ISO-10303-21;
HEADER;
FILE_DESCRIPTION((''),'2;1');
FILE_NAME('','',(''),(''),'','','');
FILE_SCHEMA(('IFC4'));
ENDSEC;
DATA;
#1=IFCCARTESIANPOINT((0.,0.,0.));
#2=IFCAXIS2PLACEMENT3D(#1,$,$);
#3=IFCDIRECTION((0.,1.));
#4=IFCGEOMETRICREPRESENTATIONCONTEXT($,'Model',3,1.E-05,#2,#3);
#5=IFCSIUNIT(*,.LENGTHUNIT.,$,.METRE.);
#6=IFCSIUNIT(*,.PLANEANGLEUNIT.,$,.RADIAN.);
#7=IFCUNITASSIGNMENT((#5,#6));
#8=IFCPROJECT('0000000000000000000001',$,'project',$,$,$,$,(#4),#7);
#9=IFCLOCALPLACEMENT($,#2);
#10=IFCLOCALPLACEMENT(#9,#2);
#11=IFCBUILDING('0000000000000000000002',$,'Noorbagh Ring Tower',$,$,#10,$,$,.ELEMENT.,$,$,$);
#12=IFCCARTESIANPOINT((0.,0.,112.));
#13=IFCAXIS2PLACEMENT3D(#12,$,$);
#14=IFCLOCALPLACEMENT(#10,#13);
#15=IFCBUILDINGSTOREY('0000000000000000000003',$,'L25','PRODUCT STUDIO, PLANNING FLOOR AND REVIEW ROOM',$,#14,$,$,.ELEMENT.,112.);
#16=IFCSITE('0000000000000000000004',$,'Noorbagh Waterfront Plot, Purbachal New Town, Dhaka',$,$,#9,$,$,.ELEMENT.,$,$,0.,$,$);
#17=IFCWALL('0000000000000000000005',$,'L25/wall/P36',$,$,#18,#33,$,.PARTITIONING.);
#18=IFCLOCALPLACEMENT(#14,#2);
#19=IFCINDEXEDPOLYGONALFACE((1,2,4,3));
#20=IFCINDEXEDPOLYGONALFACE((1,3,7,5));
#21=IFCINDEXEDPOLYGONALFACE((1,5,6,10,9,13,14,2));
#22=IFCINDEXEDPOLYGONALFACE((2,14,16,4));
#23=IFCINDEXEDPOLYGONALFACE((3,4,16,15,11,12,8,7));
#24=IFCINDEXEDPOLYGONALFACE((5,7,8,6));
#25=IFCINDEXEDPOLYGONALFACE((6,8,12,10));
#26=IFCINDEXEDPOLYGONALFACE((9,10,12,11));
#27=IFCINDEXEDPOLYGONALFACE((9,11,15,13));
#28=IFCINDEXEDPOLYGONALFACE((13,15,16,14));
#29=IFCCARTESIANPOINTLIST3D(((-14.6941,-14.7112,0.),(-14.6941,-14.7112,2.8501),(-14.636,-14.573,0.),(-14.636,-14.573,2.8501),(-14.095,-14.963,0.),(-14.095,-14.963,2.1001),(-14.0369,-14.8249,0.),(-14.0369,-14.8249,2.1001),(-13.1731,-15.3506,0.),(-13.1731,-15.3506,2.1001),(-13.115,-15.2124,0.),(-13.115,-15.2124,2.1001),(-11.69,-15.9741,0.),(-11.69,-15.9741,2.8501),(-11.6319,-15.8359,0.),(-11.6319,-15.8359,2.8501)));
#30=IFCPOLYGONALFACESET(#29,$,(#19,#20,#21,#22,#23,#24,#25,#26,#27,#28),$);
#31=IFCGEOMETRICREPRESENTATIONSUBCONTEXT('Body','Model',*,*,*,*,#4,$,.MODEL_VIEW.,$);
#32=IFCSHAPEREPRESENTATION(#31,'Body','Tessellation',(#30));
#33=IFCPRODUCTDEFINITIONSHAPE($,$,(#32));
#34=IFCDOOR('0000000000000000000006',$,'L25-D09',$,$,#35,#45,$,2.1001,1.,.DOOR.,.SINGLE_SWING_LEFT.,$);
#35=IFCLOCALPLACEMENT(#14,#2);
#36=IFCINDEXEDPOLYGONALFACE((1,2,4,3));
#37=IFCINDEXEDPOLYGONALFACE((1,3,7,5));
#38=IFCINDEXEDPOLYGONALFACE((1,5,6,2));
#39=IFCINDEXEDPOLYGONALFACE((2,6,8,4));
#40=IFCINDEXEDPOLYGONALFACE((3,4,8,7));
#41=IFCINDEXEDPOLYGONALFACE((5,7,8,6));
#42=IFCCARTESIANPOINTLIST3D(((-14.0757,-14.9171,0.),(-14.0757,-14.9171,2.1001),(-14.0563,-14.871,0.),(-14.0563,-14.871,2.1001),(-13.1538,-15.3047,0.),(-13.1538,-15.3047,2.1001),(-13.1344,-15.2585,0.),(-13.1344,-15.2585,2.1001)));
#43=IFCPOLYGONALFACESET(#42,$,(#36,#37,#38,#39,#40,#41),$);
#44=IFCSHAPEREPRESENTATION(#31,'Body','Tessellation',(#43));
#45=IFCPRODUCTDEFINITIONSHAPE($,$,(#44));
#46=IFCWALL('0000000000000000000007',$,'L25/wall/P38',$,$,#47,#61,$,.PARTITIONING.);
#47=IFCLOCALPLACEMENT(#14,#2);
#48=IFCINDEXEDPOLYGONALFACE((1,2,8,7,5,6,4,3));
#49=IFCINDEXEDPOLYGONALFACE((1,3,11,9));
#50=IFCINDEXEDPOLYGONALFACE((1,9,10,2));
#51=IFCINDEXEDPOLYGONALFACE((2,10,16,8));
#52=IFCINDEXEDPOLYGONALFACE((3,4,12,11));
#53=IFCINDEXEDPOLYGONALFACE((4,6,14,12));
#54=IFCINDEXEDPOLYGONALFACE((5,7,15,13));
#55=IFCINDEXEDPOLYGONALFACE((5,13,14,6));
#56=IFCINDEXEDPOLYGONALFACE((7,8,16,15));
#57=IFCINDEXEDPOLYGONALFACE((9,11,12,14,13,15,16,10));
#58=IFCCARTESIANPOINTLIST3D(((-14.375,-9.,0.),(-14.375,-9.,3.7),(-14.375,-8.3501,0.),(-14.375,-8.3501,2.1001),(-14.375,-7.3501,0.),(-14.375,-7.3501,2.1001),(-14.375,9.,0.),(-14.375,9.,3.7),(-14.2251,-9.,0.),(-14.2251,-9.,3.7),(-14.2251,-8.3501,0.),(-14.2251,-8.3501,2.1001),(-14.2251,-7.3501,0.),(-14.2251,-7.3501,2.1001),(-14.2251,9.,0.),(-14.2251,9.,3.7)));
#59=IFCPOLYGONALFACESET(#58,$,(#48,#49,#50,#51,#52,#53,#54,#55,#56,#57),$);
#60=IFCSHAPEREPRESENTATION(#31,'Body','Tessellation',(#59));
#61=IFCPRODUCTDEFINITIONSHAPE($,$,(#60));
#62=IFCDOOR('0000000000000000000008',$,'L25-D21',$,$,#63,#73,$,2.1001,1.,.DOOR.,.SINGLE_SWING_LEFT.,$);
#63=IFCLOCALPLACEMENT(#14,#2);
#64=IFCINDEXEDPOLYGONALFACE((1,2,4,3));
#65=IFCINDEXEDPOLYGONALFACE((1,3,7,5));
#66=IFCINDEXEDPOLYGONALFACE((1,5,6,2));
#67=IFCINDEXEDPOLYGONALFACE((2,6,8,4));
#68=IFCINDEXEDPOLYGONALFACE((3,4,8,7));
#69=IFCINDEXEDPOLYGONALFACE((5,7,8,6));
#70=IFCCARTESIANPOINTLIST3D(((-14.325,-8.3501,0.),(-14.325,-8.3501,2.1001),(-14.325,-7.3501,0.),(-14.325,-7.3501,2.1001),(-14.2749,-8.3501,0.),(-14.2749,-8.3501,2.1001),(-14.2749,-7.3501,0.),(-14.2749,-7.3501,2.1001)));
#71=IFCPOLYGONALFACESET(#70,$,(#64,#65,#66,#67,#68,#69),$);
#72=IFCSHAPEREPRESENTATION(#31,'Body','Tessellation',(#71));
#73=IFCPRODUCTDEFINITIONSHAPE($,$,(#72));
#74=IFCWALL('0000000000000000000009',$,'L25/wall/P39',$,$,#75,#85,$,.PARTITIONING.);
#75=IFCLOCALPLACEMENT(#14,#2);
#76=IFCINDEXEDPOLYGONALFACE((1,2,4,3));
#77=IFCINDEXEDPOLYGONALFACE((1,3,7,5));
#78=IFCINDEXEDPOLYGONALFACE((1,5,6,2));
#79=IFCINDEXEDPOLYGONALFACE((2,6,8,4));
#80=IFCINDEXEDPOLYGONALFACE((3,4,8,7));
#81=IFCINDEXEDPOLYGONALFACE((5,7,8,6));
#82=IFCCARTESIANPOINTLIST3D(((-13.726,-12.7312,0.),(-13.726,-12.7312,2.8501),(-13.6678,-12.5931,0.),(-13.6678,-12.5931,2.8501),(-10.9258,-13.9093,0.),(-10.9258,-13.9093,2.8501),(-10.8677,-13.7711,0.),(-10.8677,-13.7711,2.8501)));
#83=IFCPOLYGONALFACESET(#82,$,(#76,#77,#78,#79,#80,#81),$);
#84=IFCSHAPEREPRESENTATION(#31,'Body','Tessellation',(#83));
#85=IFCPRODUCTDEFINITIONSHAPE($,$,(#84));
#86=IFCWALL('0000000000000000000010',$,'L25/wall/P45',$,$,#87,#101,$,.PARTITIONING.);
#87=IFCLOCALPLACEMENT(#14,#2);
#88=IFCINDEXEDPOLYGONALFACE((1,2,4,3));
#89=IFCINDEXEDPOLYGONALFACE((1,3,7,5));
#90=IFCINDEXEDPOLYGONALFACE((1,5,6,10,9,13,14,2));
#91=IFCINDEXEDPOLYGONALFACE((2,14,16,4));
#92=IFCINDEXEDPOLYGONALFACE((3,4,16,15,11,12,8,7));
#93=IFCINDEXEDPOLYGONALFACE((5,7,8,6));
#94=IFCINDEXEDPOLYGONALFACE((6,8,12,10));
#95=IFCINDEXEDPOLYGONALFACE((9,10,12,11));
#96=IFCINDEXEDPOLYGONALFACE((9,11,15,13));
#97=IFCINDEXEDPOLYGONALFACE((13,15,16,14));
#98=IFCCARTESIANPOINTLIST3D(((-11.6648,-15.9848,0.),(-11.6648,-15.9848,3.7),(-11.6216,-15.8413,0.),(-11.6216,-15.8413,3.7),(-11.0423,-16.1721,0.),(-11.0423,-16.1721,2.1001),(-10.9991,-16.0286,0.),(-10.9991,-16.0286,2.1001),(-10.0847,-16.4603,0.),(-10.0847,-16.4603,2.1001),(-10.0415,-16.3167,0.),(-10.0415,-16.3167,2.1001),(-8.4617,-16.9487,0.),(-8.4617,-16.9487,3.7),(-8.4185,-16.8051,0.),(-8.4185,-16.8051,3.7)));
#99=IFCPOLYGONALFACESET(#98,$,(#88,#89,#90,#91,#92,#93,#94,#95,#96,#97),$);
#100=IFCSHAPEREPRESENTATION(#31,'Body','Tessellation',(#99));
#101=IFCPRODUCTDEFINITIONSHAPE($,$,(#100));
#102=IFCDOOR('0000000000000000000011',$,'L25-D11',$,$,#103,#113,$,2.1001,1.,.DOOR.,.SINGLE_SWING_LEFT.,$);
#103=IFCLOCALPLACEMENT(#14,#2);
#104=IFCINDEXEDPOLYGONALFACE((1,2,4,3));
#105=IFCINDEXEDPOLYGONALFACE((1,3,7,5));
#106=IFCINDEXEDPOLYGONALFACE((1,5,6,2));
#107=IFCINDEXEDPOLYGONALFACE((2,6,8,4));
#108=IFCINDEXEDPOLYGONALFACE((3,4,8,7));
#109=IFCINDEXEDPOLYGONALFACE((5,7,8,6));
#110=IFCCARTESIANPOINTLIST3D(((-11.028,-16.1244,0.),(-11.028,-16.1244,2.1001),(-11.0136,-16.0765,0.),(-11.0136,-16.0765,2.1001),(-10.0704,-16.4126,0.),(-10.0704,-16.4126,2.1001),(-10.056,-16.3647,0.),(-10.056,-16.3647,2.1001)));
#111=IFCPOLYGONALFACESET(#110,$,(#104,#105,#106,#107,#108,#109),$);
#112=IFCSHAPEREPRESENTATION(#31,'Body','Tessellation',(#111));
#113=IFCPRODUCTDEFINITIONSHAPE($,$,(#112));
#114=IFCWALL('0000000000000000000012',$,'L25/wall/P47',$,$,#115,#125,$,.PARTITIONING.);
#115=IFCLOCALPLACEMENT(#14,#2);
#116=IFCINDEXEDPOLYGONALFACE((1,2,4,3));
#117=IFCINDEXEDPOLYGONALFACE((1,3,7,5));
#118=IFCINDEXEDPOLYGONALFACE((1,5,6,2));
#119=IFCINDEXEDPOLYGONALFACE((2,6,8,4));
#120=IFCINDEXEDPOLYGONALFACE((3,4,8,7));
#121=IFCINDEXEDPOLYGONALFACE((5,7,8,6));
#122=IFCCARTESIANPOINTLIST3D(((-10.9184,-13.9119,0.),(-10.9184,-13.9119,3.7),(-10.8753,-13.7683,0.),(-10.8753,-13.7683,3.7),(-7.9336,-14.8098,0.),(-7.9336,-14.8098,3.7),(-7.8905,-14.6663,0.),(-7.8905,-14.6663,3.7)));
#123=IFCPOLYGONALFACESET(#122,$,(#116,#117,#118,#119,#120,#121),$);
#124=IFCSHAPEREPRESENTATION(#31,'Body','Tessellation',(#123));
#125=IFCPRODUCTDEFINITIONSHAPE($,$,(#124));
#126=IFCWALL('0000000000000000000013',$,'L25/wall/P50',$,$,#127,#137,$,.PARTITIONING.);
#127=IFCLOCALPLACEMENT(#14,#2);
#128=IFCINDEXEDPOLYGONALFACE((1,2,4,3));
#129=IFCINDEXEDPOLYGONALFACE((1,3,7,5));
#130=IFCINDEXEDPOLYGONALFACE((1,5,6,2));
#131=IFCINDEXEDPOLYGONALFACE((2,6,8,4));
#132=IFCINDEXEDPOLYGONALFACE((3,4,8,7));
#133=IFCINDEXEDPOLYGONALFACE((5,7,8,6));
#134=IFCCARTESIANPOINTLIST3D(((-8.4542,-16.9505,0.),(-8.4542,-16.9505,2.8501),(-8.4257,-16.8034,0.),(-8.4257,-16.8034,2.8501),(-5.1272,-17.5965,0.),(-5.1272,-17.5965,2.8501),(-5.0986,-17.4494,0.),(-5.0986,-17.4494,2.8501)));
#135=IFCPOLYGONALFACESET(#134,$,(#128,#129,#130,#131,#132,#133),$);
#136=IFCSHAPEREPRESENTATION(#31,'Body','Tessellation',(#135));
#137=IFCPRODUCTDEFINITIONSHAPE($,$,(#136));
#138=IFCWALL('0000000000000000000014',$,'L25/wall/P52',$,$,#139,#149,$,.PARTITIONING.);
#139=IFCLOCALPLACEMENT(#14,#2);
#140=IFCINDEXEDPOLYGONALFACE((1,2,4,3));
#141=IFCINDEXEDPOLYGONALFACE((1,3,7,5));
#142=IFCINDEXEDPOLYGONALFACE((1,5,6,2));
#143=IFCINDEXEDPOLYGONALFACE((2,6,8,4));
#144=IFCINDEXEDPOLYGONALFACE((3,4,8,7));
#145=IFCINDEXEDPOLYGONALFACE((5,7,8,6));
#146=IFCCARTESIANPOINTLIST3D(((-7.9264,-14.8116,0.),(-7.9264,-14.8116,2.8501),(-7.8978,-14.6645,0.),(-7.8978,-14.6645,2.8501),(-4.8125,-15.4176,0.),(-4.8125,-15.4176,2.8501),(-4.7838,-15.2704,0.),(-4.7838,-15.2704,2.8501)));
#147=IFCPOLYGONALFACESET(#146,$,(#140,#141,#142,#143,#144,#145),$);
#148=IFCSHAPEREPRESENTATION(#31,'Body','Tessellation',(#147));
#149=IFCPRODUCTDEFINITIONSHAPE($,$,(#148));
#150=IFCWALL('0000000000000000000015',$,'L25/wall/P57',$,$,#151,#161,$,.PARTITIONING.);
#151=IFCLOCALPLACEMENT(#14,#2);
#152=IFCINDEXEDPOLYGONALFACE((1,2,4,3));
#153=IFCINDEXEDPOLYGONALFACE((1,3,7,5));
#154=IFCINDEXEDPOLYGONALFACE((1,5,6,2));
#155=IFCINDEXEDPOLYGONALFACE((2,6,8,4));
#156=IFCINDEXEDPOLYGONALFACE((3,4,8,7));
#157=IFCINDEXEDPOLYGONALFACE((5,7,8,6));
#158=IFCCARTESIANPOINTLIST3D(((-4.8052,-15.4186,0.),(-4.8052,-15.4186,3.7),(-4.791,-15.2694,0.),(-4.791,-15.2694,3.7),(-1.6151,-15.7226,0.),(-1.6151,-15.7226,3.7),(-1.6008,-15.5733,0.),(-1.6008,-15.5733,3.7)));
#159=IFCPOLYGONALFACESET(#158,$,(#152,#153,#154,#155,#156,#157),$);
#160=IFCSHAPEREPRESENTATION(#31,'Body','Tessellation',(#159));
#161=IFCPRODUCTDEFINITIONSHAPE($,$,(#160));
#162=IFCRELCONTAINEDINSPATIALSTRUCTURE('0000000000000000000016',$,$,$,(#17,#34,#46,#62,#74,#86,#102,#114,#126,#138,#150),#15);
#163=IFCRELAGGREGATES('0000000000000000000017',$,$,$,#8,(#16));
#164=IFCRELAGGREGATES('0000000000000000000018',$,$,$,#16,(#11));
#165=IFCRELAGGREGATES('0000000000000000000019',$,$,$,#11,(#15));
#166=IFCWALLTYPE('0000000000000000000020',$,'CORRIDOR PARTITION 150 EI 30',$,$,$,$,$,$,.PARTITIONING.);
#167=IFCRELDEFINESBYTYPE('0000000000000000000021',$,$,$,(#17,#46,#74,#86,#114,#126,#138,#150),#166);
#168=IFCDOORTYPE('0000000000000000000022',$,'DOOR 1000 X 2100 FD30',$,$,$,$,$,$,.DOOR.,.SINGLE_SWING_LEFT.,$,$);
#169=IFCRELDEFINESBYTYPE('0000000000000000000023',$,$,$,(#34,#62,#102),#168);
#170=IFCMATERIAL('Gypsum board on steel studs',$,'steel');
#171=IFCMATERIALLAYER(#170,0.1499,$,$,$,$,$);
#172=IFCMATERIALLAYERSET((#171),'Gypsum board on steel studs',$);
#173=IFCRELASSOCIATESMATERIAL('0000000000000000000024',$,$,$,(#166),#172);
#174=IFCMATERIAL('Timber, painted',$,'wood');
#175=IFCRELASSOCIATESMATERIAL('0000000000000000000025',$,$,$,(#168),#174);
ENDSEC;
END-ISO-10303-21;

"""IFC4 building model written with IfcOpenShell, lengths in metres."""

from ifc_helpers import new_model, si_unit, direction, frame, frame_2d, origin, place, context, subcontext, project, spatial, rectangle, extrude, material, layer, layer_set, type_object, element, fill, save


model = new_model("IFC4")

# Units and contexts
model_context = context("Model", 3, precision=1e-05, world=origin(), true_north=direction((0.0, 1.0)))
body_context = subcontext(model_context, "Body", "Model", "MODEL_VIEW")
ifc_project = project(units=[si_unit("LENGTHUNIT", "METRE"), si_unit("PLANEANGLEUNIT", "RADIAN")], contexts=[model_context])

# Site, building, storey
site_placement = place(None, origin())
site = spatial("IfcSite", under=ifc_project, at=site_placement, Name="Noorbagh Waterfront Plot, Purbachal New Town, Dhaka", CompositionType="ELEMENT", RefElevation=0.0)
building_placement = place(site_placement, origin())
building = spatial("IfcBuilding", under=site, at=building_placement, Name="Noorbagh Ring Tower", CompositionType="ELEMENT")
storey_placement = place(building_placement, frame((0.0, 0.0, 112.0)))
storey = spatial("IfcBuildingStorey", under=building, at=storey_placement, Name="L25", Description="PRODUCT STUDIO, PLANNING FLOOR AND REVIEW ROOM", CompositionType="ELEMENT", Elevation=112.0)

# Shared definitions
ifc_material_1 = material(Name="Gypsum board on steel studs", Category="steel")
ifc_layer_1 = layer(ifc_material_1, 0.1499)
ifc_layer_set_1 = layer_set([ifc_layer_1], Name="Gypsum board on steel studs")
wall_type_1 = type_object("IfcWallType", Name="CORRIDOR PARTITION 150 EI 30", PredefinedType="PARTITIONING", material=ifc_layer_set_1)

# Walls, openings, doors
wall_1_placement = place(storey_placement, frame((-14.665, -14.6421, 0.0), z_axis=(0.0, 0.0, 1.0), x_axis=(0.921851, -0.387545, 0.0)))
wall_1 = element("IfcWall", 1, at=wall_1_placement, inside=storey, type_object=wall_type_1, Name="L25/wall/P36", PredefinedType="PARTITIONING", context=body_context, shape_type="SweptSolid", body=[
    extrude(rectangle(XDim=3.2588, YDim=0.1499, at=frame_2d((1.6294, 0.0))), origin(), (0.0, 0.0, 1.0), 2.8501),
])
opening_1_placement = place(wall_1_placement, frame((0.6499, 0.0, 0.0)))
opening_1 = element("IfcOpeningElement", 2, at=opening_1_placement, cuts=wall_1, PredefinedType="OPENING", context=body_context, shape_type="SweptSolid", body=[
    extrude(rectangle(XDim=1.0, YDim=2.1001, at=frame_2d((0.5, 1.05))), frame((0.0, 0.085, 0.0), z_axis=(0.0, -1.0, 0.0), x_axis=(1.0, 0.0, 0.0)), (0.0, 0.0, 1.0), 0.1699),
])
ifc_material_2 = material(Name="Timber, painted", Category="wood")
door_type_1 = type_object("IfcDoorType", Name="DOOR 1000 X 2100 FD30", OperationType="SINGLE_SWING_LEFT", PredefinedType="DOOR", material=ifc_material_2)
door_1_placement = place(opening_1_placement, origin())
door_1 = element("IfcDoor", 3, at=door_1_placement, inside=storey, type_object=door_type_1, Name="L25-D09", OperationType="SINGLE_SWING_LEFT", OverallHeight=2.1001, OverallWidth=1.0, PredefinedType="DOOR", context=body_context, shape_type="SweptSolid", body=[
    extrude(rectangle(XDim=1.0, YDim=2.1001, at=frame_2d((0.5, 1.05))), frame((0.0, 0.0249, 0.0), z_axis=(0.0, -1.0, 0.0), x_axis=(1.0, 0.0, 0.0)), (0.0, 0.0, 1.0), 0.05),
])
fill(opening_1, door_1)
wall_2_placement = place(storey_placement, frame((-14.3, -9.0, 0.0), z_axis=(0.0, 0.0, 1.0), x_axis=(0.0, 1.0, 0.0)))
wall_2 = element("IfcWall", 4, at=wall_2_placement, inside=storey, type_object=wall_type_1, Name="L25/wall/P38", PredefinedType="PARTITIONING", context=body_context, shape_type="SweptSolid", body=[
    extrude(rectangle(XDim=18.0, YDim=0.1499, at=frame_2d((9.0, 0.0))), origin(), (0.0, 0.0, 1.0), 3.7),
])
opening_2_placement = place(wall_2_placement, frame((0.6499, 0.0, 0.0)))
opening_2 = element("IfcOpeningElement", 5, at=opening_2_placement, cuts=wall_2, PredefinedType="OPENING", context=body_context, shape_type="SweptSolid", body=[
    extrude(rectangle(XDim=1.0, YDim=2.1001, at=frame_2d((0.5, 1.05))), frame((0.0, 0.085, 0.0), z_axis=(0.0, -1.0, 0.0), x_axis=(1.0, 0.0, 0.0)), (0.0, 0.0, 1.0), 0.1699),
])
door_2_placement = place(opening_2_placement, origin())
door_2 = element("IfcDoor", 6, at=door_2_placement, inside=storey, type_object=door_type_1, Name="L25-D21", OperationType="SINGLE_SWING_LEFT", OverallHeight=2.1001, OverallWidth=1.0, PredefinedType="DOOR", context=body_context, shape_type="SweptSolid", body=[
    extrude(rectangle(XDim=1.0, YDim=2.1001, at=frame_2d((0.5, 1.05))), frame((0.0, 0.0249, 0.0), z_axis=(0.0, -1.0, 0.0), x_axis=(1.0, 0.0, 0.0)), (0.0, 0.0, 1.0), 0.05),
])
fill(opening_2, door_2)

# Wall
wall_3_placement = place(storey_placement, frame((-13.697, -12.6621, 0.0), z_axis=(0.0, 0.0, 1.0), x_axis=(0.921752, -0.38778, 0.0)))
element("IfcWall", 7, at=wall_3_placement, inside=storey, type_object=wall_type_1, Name="L25/wall/P39", PredefinedType="PARTITIONING", context=body_context, shape_type="SweptSolid", body=[
    extrude(rectangle(XDim=3.0378, YDim=0.1499, at=frame_2d((1.519, 0.0))), origin(), (0.0, 0.0, 1.0), 2.8501),
])

# Wall, opening, door
wall_4_placement = place(storey_placement, frame((-11.6431, -15.9131, 0.0), z_axis=(0.0, 0.0, 1.0), x_axis=(0.957585, -0.288151, 0.0)))
wall_4 = element("IfcWall", 8, at=wall_4_placement, inside=storey, type_object=wall_type_1, Name="L25/wall/P45", PredefinedType="PARTITIONING", context=body_context, shape_type="SweptSolid", body=[
    extrude(rectangle(XDim=3.345, YDim=0.1499, at=frame_2d((1.6724, 0.0))), origin(), (0.0, 0.0, 1.0), 3.7),
])
opening_3_placement = place(wall_4_placement, frame((0.6499, 0.0, 0.0)))
opening_3 = element("IfcOpeningElement", 9, at=opening_3_placement, cuts=wall_4, PredefinedType="OPENING", context=body_context, shape_type="SweptSolid", body=[
    extrude(rectangle(XDim=1.0, YDim=2.1001, at=frame_2d((0.5, 1.05))), frame((0.0, 0.085, 0.0), z_axis=(0.0, -1.0, 0.0), x_axis=(1.0, 0.0, 0.0)), (0.0, 0.0, 1.0), 0.1699),
])
door_3_placement = place(opening_3_placement, origin())
door_3 = element("IfcDoor", 10, at=door_3_placement, inside=storey, type_object=door_type_1, Name="L25-D11", OperationType="SINGLE_SWING_LEFT", OverallHeight=2.1001, OverallWidth=1.0, PredefinedType="DOOR", context=body_context, shape_type="SweptSolid", body=[
    extrude(rectangle(XDim=1.0, YDim=2.1001, at=frame_2d((0.5, 1.05))), frame((0.0, 0.0249, 0.0), z_axis=(0.0, -1.0, 0.0), x_axis=(1.0, 0.0, 0.0)), (0.0, 0.0, 1.0), 0.05),
])
fill(opening_3, door_3)

# Walls
wall_5_placement = place(storey_placement, frame((-10.897, -13.8401, 0.0), z_axis=(0.0, 0.0, 1.0), x_axis=(0.957606, -0.288081, 0.0)))
element("IfcWall", 11, at=wall_5_placement, inside=storey, type_object=wall_type_1, Name="L25/wall/P47", PredefinedType="PARTITIONING", context=body_context, shape_type="SweptSolid", body=[
    extrude(rectangle(XDim=3.1169, YDim=0.1499, at=frame_2d((1.5586, 0.0))), origin(), (0.0, 0.0, 1.0), 3.7),
])
wall_6_placement = place(storey_placement, frame((-8.4399, -16.877, 0.0), z_axis=(0.0, 0.0, 1.0), x_axis=(0.981665, -0.190613, 0.0)))
element("IfcWall", 12, at=wall_6_placement, inside=storey, type_object=wall_type_1, Name="L25/wall/P50", PredefinedType="PARTITIONING", context=body_context, shape_type="SweptSolid", body=[
    extrude(rectangle(XDim=3.3892, YDim=0.1499, at=frame_2d((1.6946, 0.0))), origin(), (0.0, 0.0, 1.0), 2.8501),
])
wall_7_placement = place(storey_placement, frame((-7.9121, -14.738, 0.0), z_axis=(0.0, 0.0, 1.0), x_axis=(0.981589, -0.191008, 0.0)))
element("IfcWall", 13, at=wall_7_placement, inside=storey, type_object=wall_type_1, Name="L25/wall/P52", PredefinedType="PARTITIONING", context=body_context, shape_type="SweptSolid", body=[
    extrude(rectangle(XDim=3.1724, YDim=0.1499, at=frame_2d((1.5862, 0.0))), origin(), (0.0, 0.0, 1.0), 2.8501),
])
wall_8_placement = place(storey_placement, frame((-4.7981, -15.344, 0.0), z_axis=(0.0, 0.0, 1.0), x_axis=(0.995492, -0.094849, 0.0)))
element("IfcWall", 14, at=wall_8_placement, inside=storey, type_object=wall_type_1, Name="L25/wall/P57", PredefinedType="PARTITIONING", context=body_context, shape_type="SweptSolid", body=[
    extrude(rectangle(XDim=3.2046, YDim=0.1499, at=frame_2d((1.6023, 0.0))), origin(), (0.0, 0.0, 1.0), 3.7),
])

save(model, "model.ifc")
